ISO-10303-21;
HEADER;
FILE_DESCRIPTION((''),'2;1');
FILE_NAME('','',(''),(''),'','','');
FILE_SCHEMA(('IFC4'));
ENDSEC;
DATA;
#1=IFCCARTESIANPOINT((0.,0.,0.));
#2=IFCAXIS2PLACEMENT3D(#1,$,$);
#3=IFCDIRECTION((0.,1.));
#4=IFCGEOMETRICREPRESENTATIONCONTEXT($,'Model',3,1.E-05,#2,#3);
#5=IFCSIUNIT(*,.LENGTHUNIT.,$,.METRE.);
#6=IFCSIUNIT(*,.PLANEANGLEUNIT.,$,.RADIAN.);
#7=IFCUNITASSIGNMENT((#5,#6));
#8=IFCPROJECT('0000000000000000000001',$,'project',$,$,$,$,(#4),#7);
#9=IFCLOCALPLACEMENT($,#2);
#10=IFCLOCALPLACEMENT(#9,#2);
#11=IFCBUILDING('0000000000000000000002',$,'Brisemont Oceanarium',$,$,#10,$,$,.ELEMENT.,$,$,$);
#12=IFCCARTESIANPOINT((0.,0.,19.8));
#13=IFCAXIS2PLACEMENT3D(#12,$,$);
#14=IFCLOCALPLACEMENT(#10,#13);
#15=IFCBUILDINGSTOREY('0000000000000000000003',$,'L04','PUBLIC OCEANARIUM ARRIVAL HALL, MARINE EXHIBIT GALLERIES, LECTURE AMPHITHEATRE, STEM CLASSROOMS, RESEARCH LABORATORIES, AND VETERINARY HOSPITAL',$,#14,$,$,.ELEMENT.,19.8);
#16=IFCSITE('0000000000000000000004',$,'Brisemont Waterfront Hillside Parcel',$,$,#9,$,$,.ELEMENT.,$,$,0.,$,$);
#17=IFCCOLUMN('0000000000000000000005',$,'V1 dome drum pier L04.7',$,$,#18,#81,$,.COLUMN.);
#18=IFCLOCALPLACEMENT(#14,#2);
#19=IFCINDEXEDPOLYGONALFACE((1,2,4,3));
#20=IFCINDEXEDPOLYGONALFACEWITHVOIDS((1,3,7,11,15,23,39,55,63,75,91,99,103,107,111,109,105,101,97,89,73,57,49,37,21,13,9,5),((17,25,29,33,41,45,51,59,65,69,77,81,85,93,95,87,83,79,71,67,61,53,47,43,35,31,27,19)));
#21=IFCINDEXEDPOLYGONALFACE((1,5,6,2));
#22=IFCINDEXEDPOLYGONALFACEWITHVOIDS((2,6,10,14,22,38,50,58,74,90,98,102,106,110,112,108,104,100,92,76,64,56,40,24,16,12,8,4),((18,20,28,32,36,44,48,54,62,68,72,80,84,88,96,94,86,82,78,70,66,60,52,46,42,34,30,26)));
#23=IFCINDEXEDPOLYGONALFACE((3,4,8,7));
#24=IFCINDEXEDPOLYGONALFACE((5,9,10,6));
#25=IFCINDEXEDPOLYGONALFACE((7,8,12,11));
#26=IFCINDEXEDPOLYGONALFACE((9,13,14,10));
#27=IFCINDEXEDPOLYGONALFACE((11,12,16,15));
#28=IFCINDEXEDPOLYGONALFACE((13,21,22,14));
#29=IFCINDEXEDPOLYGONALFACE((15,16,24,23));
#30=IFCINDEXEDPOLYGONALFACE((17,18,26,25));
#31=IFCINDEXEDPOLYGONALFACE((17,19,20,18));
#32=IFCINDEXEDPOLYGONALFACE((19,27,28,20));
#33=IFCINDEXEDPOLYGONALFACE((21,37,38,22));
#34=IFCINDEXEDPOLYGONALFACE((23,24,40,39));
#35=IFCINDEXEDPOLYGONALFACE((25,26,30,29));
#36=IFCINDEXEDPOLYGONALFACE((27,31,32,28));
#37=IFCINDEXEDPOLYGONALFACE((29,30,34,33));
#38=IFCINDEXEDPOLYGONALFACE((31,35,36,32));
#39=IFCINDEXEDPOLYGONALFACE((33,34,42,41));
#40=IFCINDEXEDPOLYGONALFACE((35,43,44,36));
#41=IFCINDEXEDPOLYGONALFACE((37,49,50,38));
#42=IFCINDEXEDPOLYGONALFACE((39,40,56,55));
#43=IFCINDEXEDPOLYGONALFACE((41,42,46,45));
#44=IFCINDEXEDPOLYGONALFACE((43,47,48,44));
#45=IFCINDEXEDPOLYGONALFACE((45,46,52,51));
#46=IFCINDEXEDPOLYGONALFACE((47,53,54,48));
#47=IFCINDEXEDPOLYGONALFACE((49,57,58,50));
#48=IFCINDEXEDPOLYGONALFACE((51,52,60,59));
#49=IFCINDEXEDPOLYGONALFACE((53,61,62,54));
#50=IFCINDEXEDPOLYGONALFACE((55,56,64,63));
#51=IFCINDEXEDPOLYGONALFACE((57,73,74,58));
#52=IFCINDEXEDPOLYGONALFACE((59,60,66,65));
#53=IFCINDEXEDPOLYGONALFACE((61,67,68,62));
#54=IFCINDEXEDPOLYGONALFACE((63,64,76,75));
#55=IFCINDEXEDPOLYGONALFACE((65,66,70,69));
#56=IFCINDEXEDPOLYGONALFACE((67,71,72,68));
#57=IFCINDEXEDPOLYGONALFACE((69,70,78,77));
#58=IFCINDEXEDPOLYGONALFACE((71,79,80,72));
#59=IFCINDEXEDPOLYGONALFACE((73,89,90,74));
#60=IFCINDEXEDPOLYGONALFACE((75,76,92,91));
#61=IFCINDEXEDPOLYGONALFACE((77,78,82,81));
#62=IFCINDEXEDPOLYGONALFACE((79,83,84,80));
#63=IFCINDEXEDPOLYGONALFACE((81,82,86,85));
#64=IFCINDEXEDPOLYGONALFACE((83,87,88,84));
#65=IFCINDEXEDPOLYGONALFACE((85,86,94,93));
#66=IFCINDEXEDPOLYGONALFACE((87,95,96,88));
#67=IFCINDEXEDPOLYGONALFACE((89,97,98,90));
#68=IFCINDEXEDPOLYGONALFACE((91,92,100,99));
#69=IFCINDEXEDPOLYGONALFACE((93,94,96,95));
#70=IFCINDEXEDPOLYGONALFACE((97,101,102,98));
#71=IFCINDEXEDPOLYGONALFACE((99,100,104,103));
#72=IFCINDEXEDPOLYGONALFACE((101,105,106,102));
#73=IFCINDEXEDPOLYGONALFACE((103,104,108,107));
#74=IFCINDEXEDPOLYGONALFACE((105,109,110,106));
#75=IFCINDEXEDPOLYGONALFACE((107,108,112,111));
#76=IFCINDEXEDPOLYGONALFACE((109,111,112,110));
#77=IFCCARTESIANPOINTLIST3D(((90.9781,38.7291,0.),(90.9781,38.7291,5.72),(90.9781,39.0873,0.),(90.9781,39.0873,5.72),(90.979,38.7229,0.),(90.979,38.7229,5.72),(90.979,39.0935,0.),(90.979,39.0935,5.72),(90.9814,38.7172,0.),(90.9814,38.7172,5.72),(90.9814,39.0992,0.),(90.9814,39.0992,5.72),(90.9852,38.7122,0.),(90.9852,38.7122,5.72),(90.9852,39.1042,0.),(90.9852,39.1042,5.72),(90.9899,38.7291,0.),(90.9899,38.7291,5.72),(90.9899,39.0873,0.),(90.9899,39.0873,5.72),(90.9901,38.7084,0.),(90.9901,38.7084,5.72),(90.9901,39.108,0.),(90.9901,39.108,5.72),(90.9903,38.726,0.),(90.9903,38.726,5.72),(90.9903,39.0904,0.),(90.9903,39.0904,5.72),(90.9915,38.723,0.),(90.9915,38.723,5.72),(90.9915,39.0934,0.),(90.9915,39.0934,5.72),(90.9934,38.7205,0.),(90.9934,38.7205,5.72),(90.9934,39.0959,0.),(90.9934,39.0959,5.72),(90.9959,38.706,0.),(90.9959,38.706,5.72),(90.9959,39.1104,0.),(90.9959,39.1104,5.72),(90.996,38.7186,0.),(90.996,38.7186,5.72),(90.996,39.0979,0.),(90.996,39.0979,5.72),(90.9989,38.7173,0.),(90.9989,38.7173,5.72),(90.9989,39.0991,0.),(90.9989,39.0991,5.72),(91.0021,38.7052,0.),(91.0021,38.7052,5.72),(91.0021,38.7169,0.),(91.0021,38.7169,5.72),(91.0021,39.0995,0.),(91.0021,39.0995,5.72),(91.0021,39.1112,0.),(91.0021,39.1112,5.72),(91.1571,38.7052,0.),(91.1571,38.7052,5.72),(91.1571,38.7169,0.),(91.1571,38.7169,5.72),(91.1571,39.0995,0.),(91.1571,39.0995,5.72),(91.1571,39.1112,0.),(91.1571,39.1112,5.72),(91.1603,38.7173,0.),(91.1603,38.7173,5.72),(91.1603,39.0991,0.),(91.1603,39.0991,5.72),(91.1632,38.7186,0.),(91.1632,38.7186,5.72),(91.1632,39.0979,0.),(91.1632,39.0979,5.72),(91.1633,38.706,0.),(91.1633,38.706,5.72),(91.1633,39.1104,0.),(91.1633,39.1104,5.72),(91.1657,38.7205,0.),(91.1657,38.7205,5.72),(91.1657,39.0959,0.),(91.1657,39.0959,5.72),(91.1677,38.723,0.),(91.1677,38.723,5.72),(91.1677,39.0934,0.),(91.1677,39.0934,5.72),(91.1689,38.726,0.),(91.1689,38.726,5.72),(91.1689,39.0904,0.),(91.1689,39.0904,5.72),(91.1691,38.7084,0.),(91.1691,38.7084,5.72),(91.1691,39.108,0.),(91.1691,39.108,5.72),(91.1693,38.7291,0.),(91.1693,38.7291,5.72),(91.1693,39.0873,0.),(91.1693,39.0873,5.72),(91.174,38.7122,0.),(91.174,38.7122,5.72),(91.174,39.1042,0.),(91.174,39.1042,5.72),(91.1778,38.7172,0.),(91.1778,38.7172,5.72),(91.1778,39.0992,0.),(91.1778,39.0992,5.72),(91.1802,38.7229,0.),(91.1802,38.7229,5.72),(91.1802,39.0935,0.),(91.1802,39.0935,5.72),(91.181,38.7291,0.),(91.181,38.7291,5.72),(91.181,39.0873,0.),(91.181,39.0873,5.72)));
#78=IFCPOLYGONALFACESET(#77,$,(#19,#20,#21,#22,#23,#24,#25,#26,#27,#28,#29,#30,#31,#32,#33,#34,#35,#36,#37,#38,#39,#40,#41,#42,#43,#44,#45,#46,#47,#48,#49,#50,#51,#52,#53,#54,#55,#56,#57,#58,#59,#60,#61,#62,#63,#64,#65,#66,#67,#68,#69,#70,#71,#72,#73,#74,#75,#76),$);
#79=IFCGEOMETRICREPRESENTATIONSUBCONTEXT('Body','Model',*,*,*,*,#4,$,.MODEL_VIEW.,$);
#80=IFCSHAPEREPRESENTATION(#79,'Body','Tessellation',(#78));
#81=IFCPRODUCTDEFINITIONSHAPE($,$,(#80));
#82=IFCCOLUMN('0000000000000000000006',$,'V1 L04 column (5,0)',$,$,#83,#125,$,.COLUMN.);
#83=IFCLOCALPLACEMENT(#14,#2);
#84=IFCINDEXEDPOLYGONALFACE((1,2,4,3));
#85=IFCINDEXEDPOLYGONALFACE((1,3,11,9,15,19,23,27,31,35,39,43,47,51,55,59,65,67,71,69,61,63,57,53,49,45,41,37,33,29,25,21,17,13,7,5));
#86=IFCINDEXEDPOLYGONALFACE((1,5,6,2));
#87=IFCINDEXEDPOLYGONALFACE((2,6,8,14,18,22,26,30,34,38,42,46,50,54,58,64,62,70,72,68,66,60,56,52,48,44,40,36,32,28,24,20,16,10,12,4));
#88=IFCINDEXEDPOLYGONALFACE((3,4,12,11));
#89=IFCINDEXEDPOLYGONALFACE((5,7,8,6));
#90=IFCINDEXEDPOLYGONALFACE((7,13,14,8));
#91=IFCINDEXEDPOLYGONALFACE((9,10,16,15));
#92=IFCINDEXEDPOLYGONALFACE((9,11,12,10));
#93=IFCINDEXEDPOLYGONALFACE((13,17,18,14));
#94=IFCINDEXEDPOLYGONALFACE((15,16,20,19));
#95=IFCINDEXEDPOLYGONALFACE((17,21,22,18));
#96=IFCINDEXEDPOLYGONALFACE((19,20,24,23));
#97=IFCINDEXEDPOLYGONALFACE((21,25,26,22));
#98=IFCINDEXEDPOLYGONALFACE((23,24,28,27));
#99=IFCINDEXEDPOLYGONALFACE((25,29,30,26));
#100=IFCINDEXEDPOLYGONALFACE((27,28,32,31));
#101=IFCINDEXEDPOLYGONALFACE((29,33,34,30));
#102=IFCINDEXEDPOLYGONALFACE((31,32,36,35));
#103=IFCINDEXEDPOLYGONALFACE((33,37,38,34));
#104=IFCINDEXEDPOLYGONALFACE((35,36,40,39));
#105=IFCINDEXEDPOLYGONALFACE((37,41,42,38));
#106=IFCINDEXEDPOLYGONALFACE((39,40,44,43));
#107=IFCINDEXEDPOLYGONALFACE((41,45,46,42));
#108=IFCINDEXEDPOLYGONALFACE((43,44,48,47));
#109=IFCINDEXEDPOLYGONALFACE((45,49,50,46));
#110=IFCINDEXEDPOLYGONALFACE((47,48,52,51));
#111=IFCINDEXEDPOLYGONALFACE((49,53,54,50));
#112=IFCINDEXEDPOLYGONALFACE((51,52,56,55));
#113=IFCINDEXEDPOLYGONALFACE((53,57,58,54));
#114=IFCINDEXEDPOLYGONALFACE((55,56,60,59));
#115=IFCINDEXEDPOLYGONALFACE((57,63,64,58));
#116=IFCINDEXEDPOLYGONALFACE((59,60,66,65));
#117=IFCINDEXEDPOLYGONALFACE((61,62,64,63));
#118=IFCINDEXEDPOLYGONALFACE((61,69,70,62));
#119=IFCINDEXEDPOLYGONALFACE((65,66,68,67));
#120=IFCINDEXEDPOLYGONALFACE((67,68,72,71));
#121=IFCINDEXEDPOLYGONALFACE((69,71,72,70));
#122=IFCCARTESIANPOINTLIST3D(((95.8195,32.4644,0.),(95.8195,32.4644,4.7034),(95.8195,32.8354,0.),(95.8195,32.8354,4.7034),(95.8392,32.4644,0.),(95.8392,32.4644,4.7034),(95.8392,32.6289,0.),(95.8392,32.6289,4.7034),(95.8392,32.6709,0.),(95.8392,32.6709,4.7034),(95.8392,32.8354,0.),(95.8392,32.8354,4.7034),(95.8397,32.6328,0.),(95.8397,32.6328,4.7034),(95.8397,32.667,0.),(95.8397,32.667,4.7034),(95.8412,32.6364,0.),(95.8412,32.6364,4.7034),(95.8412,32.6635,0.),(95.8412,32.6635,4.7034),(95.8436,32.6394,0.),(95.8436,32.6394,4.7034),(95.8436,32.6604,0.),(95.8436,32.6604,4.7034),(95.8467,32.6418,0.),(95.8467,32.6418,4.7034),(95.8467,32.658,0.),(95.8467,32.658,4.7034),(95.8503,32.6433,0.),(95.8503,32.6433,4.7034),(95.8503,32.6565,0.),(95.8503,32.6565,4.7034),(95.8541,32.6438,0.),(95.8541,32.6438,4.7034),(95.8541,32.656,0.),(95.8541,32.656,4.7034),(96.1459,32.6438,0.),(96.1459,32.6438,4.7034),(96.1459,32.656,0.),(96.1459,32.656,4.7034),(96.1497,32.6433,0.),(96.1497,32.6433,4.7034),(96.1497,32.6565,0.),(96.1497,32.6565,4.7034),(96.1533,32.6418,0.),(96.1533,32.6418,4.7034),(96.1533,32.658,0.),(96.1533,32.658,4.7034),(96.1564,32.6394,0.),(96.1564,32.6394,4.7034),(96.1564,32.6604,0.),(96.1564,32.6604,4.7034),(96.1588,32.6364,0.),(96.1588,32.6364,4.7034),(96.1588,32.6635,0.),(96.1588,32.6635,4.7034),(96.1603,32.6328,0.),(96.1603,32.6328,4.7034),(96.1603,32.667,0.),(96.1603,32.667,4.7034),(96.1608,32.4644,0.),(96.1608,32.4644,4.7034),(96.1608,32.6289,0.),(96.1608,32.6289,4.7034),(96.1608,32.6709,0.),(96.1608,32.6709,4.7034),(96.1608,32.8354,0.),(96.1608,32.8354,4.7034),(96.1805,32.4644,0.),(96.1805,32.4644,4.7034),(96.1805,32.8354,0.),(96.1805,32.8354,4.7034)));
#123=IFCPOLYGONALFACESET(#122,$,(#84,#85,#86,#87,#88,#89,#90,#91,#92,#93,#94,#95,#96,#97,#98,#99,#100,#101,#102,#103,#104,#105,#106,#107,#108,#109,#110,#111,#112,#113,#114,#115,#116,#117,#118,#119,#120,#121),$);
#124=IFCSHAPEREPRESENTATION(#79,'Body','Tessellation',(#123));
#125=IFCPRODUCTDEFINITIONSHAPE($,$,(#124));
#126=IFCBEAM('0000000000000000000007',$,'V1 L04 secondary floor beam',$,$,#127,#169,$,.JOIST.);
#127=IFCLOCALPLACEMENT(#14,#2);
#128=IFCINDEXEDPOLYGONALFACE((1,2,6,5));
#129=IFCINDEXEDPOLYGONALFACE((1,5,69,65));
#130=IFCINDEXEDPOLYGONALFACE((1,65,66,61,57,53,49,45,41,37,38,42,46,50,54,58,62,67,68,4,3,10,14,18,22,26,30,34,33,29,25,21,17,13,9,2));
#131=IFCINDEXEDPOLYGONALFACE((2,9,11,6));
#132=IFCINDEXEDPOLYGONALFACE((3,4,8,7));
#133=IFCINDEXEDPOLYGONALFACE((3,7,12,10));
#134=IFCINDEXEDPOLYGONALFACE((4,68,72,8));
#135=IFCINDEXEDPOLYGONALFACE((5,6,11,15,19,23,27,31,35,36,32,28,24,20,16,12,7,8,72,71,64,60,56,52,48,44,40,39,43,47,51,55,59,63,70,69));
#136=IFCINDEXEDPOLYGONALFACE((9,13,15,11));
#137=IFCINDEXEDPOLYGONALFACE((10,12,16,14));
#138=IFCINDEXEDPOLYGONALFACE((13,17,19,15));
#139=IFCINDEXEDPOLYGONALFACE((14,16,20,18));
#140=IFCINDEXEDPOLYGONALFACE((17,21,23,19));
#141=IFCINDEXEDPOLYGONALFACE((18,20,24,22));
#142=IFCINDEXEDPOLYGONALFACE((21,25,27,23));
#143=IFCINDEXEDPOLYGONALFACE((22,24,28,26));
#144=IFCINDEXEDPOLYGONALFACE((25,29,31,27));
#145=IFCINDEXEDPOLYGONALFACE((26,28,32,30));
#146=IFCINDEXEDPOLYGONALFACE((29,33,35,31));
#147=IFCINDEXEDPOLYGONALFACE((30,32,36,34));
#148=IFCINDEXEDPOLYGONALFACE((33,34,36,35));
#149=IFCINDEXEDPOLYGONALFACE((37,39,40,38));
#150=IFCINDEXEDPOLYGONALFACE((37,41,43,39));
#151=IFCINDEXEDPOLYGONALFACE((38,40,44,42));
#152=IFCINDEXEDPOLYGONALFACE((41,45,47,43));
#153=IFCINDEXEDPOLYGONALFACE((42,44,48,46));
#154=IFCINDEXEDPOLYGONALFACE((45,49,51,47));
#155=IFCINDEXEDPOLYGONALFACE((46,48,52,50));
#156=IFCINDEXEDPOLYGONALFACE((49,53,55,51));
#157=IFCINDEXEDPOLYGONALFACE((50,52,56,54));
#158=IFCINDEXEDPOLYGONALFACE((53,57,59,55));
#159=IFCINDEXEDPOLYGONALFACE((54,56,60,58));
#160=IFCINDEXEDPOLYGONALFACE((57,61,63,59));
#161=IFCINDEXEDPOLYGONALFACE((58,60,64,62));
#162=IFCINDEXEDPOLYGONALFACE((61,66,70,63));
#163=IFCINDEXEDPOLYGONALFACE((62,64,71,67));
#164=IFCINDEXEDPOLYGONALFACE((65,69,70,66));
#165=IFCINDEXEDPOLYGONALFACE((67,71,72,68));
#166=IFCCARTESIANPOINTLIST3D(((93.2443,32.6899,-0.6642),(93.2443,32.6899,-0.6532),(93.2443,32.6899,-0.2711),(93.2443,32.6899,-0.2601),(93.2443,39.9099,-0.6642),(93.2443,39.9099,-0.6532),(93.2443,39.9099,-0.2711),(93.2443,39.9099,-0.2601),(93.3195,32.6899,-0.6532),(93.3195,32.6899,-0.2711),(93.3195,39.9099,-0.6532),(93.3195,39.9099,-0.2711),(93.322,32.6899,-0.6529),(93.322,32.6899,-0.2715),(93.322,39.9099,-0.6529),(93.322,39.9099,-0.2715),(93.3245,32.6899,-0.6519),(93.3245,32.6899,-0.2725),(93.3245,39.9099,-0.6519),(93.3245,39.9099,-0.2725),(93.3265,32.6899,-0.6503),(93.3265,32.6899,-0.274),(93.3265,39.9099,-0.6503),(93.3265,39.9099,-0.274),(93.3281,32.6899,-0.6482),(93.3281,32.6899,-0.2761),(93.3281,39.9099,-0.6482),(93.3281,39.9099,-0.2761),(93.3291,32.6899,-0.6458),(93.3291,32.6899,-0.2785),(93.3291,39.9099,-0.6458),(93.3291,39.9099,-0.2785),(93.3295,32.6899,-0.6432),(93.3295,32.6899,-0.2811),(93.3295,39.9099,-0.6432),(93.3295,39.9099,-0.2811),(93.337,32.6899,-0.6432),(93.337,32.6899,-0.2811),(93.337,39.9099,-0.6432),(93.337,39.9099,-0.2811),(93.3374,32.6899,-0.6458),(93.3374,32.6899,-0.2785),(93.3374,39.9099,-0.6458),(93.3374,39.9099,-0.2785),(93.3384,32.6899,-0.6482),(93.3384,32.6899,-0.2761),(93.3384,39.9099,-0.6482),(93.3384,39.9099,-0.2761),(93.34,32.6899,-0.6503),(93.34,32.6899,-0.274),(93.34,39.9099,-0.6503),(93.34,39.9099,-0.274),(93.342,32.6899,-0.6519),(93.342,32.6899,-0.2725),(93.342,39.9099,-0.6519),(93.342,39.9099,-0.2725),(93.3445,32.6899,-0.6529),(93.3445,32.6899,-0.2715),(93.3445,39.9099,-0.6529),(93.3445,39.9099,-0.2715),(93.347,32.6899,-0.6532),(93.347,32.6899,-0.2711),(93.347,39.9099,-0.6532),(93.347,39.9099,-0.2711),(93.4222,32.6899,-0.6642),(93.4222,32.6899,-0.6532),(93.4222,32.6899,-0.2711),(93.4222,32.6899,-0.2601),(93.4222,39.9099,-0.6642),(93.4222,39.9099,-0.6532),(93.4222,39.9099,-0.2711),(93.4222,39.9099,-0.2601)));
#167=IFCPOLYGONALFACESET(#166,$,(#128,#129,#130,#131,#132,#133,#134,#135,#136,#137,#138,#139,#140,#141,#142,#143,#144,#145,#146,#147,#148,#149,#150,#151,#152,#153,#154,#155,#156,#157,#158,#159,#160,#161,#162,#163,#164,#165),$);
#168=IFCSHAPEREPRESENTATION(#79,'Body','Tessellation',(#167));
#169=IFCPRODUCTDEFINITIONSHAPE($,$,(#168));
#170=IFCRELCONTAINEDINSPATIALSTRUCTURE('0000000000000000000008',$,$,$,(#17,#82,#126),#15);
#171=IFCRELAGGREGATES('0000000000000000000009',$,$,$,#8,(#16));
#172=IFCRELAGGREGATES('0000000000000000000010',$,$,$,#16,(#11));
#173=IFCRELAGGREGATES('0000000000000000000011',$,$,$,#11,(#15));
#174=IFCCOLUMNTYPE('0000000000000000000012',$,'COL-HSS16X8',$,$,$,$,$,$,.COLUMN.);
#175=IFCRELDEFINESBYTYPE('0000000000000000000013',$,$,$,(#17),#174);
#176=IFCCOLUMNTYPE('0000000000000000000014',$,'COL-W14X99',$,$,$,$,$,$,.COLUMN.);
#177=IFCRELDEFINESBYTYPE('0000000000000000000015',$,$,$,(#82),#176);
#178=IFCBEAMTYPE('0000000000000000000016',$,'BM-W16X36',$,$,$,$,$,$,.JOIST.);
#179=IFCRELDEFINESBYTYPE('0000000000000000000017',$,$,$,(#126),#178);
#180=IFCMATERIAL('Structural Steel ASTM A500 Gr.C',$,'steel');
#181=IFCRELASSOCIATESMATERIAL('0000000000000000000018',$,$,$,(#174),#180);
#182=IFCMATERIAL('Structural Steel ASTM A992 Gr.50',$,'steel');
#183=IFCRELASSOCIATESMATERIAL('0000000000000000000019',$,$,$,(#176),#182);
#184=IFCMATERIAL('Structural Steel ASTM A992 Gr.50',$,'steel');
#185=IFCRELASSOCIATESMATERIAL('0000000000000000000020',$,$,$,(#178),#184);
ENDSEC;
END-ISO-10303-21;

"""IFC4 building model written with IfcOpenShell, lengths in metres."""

from ifc_helpers import new_model, si_unit, direction, frame, origin, origin_2d, place, context, subcontext, project, spatial, hollow_rectangle, i_section, extrude, material, material_profile, profile_set, type_object, element, save


model = new_model("IFC4")

# Units and contexts
model_context = context("Model", 3, precision=1e-05, world=origin(), true_north=direction((0.0, 1.0)))
body_context = subcontext(model_context, "Body", "Model", "MODEL_VIEW")
ifc_project = project(units=[si_unit("LENGTHUNIT", "METRE"), si_unit("PLANEANGLEUNIT", "RADIAN")], contexts=[model_context])

# Site, building, storey
site_placement = place(None, origin())
site = spatial("IfcSite", under=ifc_project, at=site_placement, Name="Brisemont Waterfront Hillside Parcel", CompositionType="ELEMENT", RefElevation=0.0)
building_placement = place(site_placement, origin())
building = spatial("IfcBuilding", under=site, at=building_placement, Name="Brisemont Oceanarium", CompositionType="ELEMENT")
storey_placement = place(building_placement, frame((0.0, 0.0, 19.8)))
storey = spatial("IfcBuildingStorey", under=building, at=storey_placement, Name="L04", Description="PUBLIC OCEANARIUM ARRIVAL HALL, MARINE EXHIBIT GALLERIES, LECTURE AMPHITHEATRE, STEM CLASSROOMS, RESEARCH LABORATORIES, AND VETERINARY HOSPITAL", CompositionType="ELEMENT", Elevation=19.8)

# Columns
ifc_material_1 = material(Name="Structural Steel ASTM A500 Gr.C", Category="steel")
ifc_material_profile_1 = material_profile(ifc_material_1, hollow_rectangle(XDim=0.2029, YDim=0.406, WallThickness=0.0117, InnerFilletRadius=0.0122, OuterFilletRadius=0.0239, at=origin_2d()), Name="HSS16X8X1/2")
ifc_profile_set_1 = profile_set([ifc_material_profile_1], Name="Structural Steel ASTM A500 Gr.C")
column_type_1 = type_object("IfcColumnType", Name="COL-HSS16X8", PredefinedType="COLUMN", material=ifc_profile_set_1)
column_1_placement = place(storey_placement, frame((91.0796, 38.9082, 0.0), z_axis=(0.0, 0.0, 1.0), x_axis=(1.0, 0.0, 0.0)))
element("IfcColumn", 1, at=column_1_placement, inside=storey, type_object=column_type_1, Name="V1 dome drum pier L04.7", PredefinedType="COLUMN", context=body_context, shape_type="SweptSolid", body=[
    extrude(hollow_rectangle(XDim=0.2029, YDim=0.406, WallThickness=0.0117, InnerFilletRadius=0.0122, OuterFilletRadius=0.0239, at=origin_2d()), origin(), (0.0, 0.0, 1.0), 5.72),
])
ifc_material_2 = material(Name="Structural Steel ASTM A992 Gr.50", Category="steel")
ifc_material_profile_2 = material_profile(ifc_material_2, i_section(OverallWidth=0.3711, OverallDepth=0.3611, WebThickness=0.0122, FlangeThickness=0.0198, FilletRadius=0.0149, at=origin_2d()), Name="W14X99")
ifc_profile_set_2 = profile_set([ifc_material_profile_2], Name="Structural Steel ASTM A992 Gr.50")
column_type_2 = type_object("IfcColumnType", Name="COL-W14X99", PredefinedType="COLUMN", material=ifc_profile_set_2)
column_2_placement = place(storey_placement, frame((96.0, 32.6499, 0.0), z_axis=(0.0, 0.0, 1.0), x_axis=(0.0, 1.0, 0.0)))
element("IfcColumn", 2, at=column_2_placement, inside=storey, type_object=column_type_2, Name="V1 L04 column (5,0)", PredefinedType="COLUMN", context=body_context, shape_type="SweptSolid", body=[
    extrude(i_section(OverallWidth=0.3711, OverallDepth=0.3611, WebThickness=0.0122, FlangeThickness=0.0198, FilletRadius=0.0149, at=origin_2d()), origin(), (0.0, 0.0, 1.0), 4.7034),
])

# Beam
ifc_material_3 = material(Name="Structural Steel ASTM A992 Gr.50", Category="steel")
ifc_material_profile_3 = material_profile(ifc_material_3, i_section(OverallWidth=0.178, OverallDepth=0.4041, WebThickness=0.0076, FlangeThickness=0.011, FilletRadius=0.01, at=origin_2d()), Name="W16X36")
ifc_profile_set_3 = profile_set([ifc_material_profile_3], Name="Structural Steel ASTM A992 Gr.50")
beam_type_1 = type_object("IfcBeamType", Name="BM-W16X36", PredefinedType="JOIST", material=ifc_profile_set_3)
beam_1_placement = place(storey_placement, frame((93.3333, 32.6899, -0.4622), z_axis=(0.0, 1.0, 0.0), x_axis=(-1.0, 0.0, 0.0)))
element("IfcBeam", 3, at=beam_1_placement, inside=storey, type_object=beam_type_1, Name="V1 L04 secondary floor beam", PredefinedType="JOIST", context=body_context, shape_type="SweptSolid", body=[
    extrude(i_section(OverallWidth=0.178, OverallDepth=0.4041, WebThickness=0.0076, FlangeThickness=0.011, FilletRadius=0.01, at=origin_2d()), origin(), (0.0, 0.0, 1.0), 7.22),
])

save(model, "model.ifc")
